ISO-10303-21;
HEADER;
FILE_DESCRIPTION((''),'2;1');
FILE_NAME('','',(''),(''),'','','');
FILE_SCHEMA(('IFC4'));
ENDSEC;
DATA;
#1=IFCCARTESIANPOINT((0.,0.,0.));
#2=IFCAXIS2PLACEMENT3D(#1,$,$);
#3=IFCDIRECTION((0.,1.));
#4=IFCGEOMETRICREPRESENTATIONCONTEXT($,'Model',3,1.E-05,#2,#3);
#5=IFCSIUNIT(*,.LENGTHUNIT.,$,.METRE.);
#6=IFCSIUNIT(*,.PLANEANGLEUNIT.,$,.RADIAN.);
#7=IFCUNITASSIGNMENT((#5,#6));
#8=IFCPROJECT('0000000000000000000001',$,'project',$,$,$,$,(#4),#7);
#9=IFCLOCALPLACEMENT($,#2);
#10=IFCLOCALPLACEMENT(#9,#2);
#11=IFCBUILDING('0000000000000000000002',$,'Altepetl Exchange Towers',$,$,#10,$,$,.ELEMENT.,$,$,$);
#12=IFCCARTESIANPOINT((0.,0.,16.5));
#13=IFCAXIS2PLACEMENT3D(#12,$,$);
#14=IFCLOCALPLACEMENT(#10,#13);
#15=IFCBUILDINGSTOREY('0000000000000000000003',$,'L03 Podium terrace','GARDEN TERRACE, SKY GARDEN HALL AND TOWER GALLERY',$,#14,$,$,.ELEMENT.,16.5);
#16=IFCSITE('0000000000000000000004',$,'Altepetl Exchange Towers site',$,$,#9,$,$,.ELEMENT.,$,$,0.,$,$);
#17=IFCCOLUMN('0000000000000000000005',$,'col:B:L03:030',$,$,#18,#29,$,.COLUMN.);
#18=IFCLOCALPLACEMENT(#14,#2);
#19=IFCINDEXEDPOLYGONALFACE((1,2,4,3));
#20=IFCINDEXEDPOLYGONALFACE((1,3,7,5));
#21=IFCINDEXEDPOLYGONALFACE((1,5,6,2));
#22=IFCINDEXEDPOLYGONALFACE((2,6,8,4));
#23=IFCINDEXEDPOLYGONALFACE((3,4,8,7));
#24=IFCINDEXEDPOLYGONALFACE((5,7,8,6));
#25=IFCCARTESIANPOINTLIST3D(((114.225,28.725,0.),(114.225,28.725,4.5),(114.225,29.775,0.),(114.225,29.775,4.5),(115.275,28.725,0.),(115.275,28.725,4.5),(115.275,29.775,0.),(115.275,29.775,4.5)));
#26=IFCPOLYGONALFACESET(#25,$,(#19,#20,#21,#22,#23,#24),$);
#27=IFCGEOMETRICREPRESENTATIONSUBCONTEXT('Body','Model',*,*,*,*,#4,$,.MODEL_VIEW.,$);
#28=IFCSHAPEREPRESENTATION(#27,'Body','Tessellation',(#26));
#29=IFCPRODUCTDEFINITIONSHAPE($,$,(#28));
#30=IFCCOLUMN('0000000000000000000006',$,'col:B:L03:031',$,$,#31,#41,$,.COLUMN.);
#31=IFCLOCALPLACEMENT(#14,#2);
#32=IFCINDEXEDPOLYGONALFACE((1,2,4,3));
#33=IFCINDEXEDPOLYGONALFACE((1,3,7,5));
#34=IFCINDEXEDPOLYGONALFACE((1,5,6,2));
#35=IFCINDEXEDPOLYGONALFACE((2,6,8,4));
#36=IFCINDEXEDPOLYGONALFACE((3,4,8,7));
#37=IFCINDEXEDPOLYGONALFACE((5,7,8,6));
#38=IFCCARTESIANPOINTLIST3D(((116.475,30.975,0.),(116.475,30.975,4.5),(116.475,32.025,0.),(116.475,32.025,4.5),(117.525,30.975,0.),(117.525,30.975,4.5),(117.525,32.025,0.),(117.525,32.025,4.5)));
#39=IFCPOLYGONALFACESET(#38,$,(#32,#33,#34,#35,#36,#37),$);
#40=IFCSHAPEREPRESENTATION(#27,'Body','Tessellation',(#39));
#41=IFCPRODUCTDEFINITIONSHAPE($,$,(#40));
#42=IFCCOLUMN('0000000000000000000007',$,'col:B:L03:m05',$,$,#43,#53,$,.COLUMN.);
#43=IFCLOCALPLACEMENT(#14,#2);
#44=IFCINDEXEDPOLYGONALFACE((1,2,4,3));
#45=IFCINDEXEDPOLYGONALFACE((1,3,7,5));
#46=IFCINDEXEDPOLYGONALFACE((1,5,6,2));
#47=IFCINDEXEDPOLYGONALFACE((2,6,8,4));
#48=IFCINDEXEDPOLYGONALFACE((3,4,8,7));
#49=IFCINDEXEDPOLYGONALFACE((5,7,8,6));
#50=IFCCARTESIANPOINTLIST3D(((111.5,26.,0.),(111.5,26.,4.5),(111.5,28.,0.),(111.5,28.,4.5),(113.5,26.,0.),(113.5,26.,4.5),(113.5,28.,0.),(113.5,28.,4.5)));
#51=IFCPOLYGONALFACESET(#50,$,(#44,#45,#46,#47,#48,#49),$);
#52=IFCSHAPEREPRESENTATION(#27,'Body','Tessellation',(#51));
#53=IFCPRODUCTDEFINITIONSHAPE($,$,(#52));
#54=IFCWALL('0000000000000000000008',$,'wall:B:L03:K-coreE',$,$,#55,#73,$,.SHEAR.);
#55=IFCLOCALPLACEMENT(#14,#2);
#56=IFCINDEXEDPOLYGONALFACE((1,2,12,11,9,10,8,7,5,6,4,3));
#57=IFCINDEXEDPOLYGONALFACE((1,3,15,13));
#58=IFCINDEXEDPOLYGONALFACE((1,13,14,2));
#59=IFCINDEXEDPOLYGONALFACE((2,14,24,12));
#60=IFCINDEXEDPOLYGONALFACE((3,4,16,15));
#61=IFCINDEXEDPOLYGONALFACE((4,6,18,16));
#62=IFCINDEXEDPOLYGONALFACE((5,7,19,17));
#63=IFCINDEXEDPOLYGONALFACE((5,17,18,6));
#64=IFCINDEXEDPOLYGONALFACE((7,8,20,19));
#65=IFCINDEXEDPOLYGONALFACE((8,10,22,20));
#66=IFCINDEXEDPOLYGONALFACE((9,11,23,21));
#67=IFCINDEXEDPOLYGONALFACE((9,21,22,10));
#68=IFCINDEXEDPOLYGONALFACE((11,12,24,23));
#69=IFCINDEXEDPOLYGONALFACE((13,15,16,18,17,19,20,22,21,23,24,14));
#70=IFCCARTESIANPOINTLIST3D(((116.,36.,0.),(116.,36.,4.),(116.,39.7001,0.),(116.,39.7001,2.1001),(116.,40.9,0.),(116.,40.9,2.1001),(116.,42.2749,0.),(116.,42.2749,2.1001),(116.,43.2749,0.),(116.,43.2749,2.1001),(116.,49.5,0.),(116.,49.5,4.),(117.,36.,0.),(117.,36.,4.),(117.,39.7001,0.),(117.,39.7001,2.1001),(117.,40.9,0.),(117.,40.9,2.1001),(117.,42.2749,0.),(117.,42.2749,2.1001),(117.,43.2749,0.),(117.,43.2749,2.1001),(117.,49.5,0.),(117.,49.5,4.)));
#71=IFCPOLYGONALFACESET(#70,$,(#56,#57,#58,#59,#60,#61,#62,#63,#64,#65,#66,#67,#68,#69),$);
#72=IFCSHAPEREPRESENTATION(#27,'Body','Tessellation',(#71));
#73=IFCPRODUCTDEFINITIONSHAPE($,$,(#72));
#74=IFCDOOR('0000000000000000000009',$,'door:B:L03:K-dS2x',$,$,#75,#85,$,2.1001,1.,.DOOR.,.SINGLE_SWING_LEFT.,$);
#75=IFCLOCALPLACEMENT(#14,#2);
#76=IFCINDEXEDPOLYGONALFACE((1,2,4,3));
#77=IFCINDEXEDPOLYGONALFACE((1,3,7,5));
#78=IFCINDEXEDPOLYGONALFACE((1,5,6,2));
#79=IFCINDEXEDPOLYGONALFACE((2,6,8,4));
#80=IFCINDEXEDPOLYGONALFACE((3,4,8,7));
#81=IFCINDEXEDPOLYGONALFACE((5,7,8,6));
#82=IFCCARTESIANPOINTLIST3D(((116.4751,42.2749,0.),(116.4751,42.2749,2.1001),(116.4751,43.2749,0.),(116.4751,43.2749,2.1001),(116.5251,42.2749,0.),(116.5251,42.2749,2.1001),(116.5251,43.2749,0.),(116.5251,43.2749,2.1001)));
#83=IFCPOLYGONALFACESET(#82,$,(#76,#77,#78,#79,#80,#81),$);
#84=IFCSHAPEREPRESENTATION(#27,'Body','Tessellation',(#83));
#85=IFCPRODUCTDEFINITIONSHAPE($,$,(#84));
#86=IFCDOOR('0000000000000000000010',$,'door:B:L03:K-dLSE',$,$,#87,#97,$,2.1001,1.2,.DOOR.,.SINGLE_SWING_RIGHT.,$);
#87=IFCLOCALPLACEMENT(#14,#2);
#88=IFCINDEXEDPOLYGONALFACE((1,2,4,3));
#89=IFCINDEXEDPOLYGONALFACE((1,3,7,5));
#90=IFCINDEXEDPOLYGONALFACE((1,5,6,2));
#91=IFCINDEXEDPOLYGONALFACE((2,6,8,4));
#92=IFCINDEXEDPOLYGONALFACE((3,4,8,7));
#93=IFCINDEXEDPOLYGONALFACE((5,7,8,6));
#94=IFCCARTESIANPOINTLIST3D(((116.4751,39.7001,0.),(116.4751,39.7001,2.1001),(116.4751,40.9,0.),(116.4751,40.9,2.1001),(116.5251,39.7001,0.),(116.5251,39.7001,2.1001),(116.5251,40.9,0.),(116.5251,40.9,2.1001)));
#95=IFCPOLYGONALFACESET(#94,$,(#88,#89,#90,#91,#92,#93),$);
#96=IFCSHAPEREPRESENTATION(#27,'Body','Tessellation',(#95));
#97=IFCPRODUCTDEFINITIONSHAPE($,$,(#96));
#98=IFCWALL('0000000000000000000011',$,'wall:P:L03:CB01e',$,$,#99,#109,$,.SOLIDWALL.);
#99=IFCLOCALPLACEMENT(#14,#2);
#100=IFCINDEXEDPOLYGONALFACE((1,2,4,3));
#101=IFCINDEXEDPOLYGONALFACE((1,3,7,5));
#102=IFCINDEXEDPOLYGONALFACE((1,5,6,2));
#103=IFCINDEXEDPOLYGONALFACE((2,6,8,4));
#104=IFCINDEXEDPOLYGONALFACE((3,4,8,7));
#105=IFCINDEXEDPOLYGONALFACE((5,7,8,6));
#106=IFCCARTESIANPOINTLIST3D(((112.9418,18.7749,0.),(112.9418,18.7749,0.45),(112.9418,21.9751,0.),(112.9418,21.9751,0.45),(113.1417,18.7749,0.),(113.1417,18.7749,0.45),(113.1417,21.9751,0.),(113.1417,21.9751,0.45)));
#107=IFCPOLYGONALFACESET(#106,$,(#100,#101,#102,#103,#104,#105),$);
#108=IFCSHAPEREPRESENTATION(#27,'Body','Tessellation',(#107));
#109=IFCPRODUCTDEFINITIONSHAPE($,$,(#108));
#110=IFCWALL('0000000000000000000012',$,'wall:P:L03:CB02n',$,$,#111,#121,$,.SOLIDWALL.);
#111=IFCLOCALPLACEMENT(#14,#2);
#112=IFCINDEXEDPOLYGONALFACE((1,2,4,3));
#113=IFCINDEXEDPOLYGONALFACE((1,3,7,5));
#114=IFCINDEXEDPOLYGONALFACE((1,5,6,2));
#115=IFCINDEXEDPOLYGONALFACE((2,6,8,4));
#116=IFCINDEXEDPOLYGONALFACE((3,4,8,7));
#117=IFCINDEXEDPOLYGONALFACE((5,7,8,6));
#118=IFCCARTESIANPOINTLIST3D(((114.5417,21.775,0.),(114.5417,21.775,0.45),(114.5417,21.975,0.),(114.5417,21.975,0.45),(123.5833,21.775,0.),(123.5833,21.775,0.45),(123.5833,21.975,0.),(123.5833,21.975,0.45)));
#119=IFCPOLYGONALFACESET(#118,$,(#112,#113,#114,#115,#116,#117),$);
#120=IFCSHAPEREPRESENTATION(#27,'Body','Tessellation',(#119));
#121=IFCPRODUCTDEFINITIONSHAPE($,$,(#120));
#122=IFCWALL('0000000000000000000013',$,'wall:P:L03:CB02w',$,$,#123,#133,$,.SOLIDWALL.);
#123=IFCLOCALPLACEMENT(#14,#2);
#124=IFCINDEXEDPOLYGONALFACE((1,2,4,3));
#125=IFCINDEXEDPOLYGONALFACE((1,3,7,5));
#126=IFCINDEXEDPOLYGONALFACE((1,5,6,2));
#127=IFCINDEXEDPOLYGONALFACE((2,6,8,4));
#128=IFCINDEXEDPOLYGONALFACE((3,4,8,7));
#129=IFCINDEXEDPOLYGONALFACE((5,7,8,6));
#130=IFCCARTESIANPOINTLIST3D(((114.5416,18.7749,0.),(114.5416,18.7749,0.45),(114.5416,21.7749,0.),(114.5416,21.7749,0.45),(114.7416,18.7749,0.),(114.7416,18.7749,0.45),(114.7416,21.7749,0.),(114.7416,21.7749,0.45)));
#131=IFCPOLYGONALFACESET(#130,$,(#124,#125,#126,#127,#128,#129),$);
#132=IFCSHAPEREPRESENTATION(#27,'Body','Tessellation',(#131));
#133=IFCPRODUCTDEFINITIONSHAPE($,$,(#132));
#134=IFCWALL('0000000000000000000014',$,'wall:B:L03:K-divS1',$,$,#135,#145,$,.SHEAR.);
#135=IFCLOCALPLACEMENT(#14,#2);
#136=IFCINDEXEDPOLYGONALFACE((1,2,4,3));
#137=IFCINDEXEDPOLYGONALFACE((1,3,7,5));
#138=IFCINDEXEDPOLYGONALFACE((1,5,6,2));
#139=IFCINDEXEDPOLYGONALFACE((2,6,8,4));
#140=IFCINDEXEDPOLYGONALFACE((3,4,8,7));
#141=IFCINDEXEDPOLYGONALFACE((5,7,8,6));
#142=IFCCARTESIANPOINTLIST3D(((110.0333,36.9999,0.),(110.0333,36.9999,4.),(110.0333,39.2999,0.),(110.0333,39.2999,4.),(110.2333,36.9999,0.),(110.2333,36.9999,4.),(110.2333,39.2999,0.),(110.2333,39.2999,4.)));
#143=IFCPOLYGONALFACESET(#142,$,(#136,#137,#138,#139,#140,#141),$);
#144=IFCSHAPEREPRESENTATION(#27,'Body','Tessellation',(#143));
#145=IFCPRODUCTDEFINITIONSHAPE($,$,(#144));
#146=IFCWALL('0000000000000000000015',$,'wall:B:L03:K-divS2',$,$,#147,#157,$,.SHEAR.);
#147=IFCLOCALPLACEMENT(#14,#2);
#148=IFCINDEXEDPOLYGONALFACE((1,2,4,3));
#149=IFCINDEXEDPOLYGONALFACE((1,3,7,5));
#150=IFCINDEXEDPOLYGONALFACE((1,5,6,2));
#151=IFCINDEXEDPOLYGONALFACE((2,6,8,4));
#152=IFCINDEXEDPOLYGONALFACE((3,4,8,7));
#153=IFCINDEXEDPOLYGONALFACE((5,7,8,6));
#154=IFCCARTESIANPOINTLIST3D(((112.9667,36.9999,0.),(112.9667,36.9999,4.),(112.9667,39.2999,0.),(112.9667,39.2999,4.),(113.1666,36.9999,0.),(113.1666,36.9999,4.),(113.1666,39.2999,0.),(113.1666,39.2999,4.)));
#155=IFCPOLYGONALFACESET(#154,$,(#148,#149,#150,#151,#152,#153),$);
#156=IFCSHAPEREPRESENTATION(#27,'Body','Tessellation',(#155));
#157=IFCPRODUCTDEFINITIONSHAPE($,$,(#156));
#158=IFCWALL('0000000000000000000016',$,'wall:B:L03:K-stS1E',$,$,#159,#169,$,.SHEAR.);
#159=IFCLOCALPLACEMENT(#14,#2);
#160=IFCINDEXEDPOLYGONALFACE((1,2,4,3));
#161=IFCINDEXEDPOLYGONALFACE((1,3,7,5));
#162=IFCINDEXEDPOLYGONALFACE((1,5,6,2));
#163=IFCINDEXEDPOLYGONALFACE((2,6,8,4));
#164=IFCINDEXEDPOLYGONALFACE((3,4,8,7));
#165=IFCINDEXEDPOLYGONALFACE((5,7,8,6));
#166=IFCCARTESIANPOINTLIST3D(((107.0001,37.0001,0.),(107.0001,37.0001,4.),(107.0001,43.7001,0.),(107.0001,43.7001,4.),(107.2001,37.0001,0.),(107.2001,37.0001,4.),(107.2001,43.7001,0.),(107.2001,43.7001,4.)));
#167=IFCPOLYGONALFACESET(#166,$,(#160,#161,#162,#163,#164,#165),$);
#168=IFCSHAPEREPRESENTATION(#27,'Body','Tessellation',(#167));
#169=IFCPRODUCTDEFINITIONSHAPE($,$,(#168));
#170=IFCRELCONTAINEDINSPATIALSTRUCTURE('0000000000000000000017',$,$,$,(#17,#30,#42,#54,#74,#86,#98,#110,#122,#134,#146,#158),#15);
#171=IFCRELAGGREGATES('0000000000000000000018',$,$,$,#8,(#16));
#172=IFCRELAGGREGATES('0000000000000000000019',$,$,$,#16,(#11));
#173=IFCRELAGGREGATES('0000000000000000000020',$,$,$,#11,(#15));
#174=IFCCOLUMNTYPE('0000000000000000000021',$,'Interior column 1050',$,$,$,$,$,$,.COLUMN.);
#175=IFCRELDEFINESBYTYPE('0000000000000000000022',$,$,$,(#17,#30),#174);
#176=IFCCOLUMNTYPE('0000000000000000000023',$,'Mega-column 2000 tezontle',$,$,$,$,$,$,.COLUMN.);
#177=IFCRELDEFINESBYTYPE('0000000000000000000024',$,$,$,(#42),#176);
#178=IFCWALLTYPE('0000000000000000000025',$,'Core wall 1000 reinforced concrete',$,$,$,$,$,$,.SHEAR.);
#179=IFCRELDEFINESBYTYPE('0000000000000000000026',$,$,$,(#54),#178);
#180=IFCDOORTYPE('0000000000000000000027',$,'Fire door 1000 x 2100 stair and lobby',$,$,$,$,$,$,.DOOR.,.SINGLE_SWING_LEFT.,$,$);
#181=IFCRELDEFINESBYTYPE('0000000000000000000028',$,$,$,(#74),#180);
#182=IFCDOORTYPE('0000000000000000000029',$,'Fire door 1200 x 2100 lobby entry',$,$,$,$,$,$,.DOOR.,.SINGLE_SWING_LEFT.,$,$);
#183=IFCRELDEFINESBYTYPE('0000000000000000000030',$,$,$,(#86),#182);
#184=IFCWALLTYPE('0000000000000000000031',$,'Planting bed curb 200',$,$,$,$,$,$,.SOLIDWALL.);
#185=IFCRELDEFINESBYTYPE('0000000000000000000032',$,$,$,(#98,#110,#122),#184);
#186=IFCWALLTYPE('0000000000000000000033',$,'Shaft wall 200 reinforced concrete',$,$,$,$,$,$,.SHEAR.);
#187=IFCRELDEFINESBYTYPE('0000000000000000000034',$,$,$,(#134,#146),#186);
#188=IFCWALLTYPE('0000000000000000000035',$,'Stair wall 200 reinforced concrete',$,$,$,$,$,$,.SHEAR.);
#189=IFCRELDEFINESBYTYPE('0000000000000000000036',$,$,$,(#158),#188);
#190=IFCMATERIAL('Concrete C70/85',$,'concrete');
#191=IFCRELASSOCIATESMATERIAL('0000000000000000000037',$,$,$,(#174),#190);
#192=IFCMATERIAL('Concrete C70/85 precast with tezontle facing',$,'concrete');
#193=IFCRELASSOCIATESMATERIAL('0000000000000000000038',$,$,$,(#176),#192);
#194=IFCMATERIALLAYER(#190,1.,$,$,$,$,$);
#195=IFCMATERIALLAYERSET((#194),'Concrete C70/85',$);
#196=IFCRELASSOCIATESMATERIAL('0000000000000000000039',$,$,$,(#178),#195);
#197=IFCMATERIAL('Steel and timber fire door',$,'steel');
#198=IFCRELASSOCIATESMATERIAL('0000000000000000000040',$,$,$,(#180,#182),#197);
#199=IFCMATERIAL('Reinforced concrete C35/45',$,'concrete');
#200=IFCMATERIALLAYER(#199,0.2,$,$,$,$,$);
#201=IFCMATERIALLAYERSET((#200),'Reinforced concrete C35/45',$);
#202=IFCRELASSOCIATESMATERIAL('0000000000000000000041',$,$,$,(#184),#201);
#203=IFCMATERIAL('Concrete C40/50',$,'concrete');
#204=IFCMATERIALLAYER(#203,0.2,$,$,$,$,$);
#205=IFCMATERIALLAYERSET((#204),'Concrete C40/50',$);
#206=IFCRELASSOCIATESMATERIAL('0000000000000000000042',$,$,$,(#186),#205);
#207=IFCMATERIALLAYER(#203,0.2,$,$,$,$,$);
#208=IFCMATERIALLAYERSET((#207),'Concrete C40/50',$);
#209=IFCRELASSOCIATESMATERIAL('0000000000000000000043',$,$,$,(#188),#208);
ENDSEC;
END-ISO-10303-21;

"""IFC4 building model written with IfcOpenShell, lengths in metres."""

from ifc_helpers import new_model, si_unit, direction, frame, frame_2d, origin, origin_2d, place, context, subcontext, project, spatial, rectangle, extrude, material, layer, layer_set, material_profile, profile_set, type_object, element, fill, save


model = new_model("IFC4")

# Units and contexts
model_context = context("Model", 3, precision=1e-05, world=origin(), true_north=direction((0.0, 1.0)))
body_context = subcontext(model_context, "Body", "Model", "MODEL_VIEW")
ifc_project = project(units=[si_unit("LENGTHUNIT", "METRE"), si_unit("PLANEANGLEUNIT", "RADIAN")], contexts=[model_context])

# Site, building, storey
site_placement = place(None, origin())
site = spatial("IfcSite", under=ifc_project, at=site_placement, Name="Altepetl Exchange Towers site", CompositionType="ELEMENT", RefElevation=0.0)
building_placement = place(site_placement, origin())
building = spatial("IfcBuilding", under=site, at=building_placement, Name="Altepetl Exchange Towers", CompositionType="ELEMENT")
storey_placement = place(building_placement, frame((0.0, 0.0, 16.5)))
storey = spatial("IfcBuildingStorey", under=building, at=storey_placement, Name="L03 Podium terrace", Description="GARDEN TERRACE, SKY GARDEN HALL AND TOWER GALLERY", CompositionType="ELEMENT", Elevation=16.5)

# Columns
ifc_material_1 = material(Name="Concrete C70/85", Category="concrete")
ifc_material_profile_1 = material_profile(ifc_material_1, rectangle(XDim=1.05, YDim=1.05, at=origin_2d()), Name="1050 x 1050")
ifc_profile_set_1 = profile_set([ifc_material_profile_1], Name="Concrete C70/85")
column_type_1 = type_object("IfcColumnType", Name="Interior column 1050", PredefinedType="COLUMN", material=ifc_profile_set_1)
for number, where, name in (
    (1, (114.75, 29.25, 0.0), "col:B:L03:030"),
    (2, (117.0, 31.5, 0.0), "col:B:L03:031"),
):
    element("IfcColumn", number, at=place(storey_placement, frame(where)), inside=storey, type_object=column_type_1, Name=name, PredefinedType="COLUMN", context=body_context, shape_type="SweptSolid", body=[
        extrude(rectangle(XDim=1.05, YDim=1.05, at=origin_2d()), origin(), (0.0, 0.0, 1.0), 4.5),
    ])
ifc_material_2 = material(Name="Concrete C70/85 precast with tezontle facing", Category="concrete")
ifc_material_profile_2 = material_profile(ifc_material_2, rectangle(XDim=2.0, YDim=2.0, at=origin_2d()), Name="2000 x 2000")
ifc_profile_set_2 = profile_set([ifc_material_profile_2], Name="Concrete C70/85 precast with tezontle facing")
column_type_2 = type_object("IfcColumnType", Name="Mega-column 2000 tezontle", PredefinedType="COLUMN", material=ifc_profile_set_2)
column_placement = place(storey_placement, frame((112.5, 27.0, 0.0)))
element("IfcColumn", 3, at=column_placement, inside=storey, type_object=column_type_2, Name="col:B:L03:m05", PredefinedType="COLUMN", context=body_context, shape_type="SweptSolid", body=[
    extrude(rectangle(XDim=2.0, YDim=2.0, at=origin_2d()), origin(), (0.0, 0.0, 1.0), 4.5),
])

# Wall, openings, doors
ifc_layer_1 = layer(ifc_material_1, 1.0)
ifc_layer_set_1 = layer_set([ifc_layer_1], Name="Concrete C70/85")
wall_type_1 = type_object("IfcWallType", Name="Core wall 1000 reinforced concrete", PredefinedType="SHEAR", material=ifc_layer_set_1)
wall_1_placement = place(storey_placement, frame((116.5, 36.0, 0.0), z_axis=(0.0, 0.0, 1.0), x_axis=(0.0, 1.0, 0.0)))
wall_1 = element("IfcWall", 4, at=wall_1_placement, inside=storey, type_object=wall_type_1, Name="wall:B:L03:K-coreE", PredefinedType="SHEAR", context=body_context, shape_type="SweptSolid", body=[
    extrude(rectangle(XDim=13.5, YDim=1.0, at=frame_2d((6.75, 0.0))), origin(), (0.0, 0.0, 1.0), 4.0),
])
opening_1_placement = place(wall_1_placement, frame((3.7, 0.0, 0.0)))
opening_1 = element("IfcOpeningElement", 5, at=opening_1_placement, cuts=wall_1, PredefinedType="OPENING", context=body_context, shape_type="SweptSolid", body=[
    extrude(rectangle(XDim=1.2, YDim=2.1001, at=frame_2d((0.6001, 1.05))), frame((0.0, 0.51, 0.0), z_axis=(0.0, -1.0, 0.0), x_axis=(1.0, 0.0, 0.0)), (0.0, 0.0, 1.0), 1.02),
])
opening_2_placement = place(wall_1_placement, frame((6.2749, 0.0, 0.0)))
opening_2 = element("IfcOpeningElement", 6, at=opening_2_placement, cuts=wall_1, PredefinedType="OPENING", context=body_context, shape_type="SweptSolid", body=[
    extrude(rectangle(XDim=1.0, YDim=2.1001, at=frame_2d((0.5, 1.05))), frame((0.0, 0.51, 0.0), z_axis=(0.0, -1.0, 0.0), x_axis=(1.0, 0.0, 0.0)), (0.0, 0.0, 1.0), 1.02),
])
ifc_material_3 = material(Name="Steel and timber fire door", Category="steel")
door_type_1 = type_object("IfcDoorType", Name="Fire door 1000 x 2100 stair and lobby", OperationType="SINGLE_SWING_LEFT", PredefinedType="DOOR", material=ifc_material_3)
door_1_placement = place(opening_2_placement, origin())
door_1 = element("IfcDoor", 7, at=door_1_placement, inside=storey, type_object=door_type_1, Name="door:B:L03:K-dS2x", OperationType="SINGLE_SWING_LEFT", OverallHeight=2.1001, OverallWidth=1.0, PredefinedType="DOOR", context=body_context, shape_type="SweptSolid", body=[
    extrude(rectangle(XDim=1.0, YDim=2.1001, at=frame_2d((0.5, 1.05))), frame((0.0, 0.0249, 0.0), z_axis=(0.0, -1.0, 0.0), x_axis=(1.0, 0.0, 0.0)), (0.0, 0.0, 1.0), 0.05),
])
fill(opening_2, door_1)
door_type_2 = type_object("IfcDoorType", Name="Fire door 1200 x 2100 lobby entry", OperationType="SINGLE_SWING_LEFT", PredefinedType="DOOR", material=ifc_material_3)
door_2_placement = place(opening_1_placement, origin())
door_2 = element("IfcDoor", 8, at=door_2_placement, inside=storey, type_object=door_type_2, Name="door:B:L03:K-dLSE", OperationType="SINGLE_SWING_RIGHT", OverallHeight=2.1001, OverallWidth=1.2, PredefinedType="DOOR", context=body_context, shape_type="SweptSolid", body=[
    extrude(rectangle(XDim=1.2, YDim=2.1001, at=frame_2d((0.6001, 1.05))), frame((0.0, 0.0249, 0.0), z_axis=(0.0, -1.0, 0.0), x_axis=(1.0, 0.0, 0.0)), (0.0, 0.0, 1.0), 0.05),
])
fill(opening_1, door_2)

# Walls
ifc_material_4 = material(Name="Reinforced concrete C35/45", Category="concrete")
ifc_layer_2 = layer(ifc_material_4, 0.2)
ifc_layer_set_2 = layer_set([ifc_layer_2], Name="Reinforced concrete C35/45")
wall_type_2 = type_object("IfcWallType", Name="Planting bed curb 200", PredefinedType="SOLIDWALL", material=ifc_layer_set_2)
wall_2_placement = place(storey_placement, frame((113.0417, 18.7749, 0.0), z_axis=(0.0, 0.0, 1.0), x_axis=(0.0, 1.0, 0.0)))
element("IfcWall", 9, at=wall_2_placement, inside=storey, type_object=wall_type_2, Name="wall:P:L03:CB01e", PredefinedType="SOLIDWALL", context=body_context, shape_type="SweptSolid", body=[
    extrude(rectangle(XDim=3.2002, YDim=0.2, at=frame_2d((1.6001, 0.0))), origin(), (0.0, 0.0, 1.0), 0.45),
])
wall_3_placement = place(storey_placement, frame((114.5417, 21.875, 0.0)))
element("IfcWall", 10, at=wall_3_placement, inside=storey, type_object=wall_type_2, Name="wall:P:L03:CB02n", PredefinedType="SOLIDWALL", context=body_context, shape_type="SweptSolid", body=[
    extrude(rectangle(XDim=9.0415, YDim=0.2, at=frame_2d((4.5208, 0.0))), origin(), (0.0, 0.0, 1.0), 0.45),
])
wall_4_placement = place(storey_placement, frame((114.6416, 18.7749, 0.0), z_axis=(0.0, 0.0, 1.0), x_axis=(0.0, 1.0, 0.0)))
element("IfcWall", 11, at=wall_4_placement, inside=storey, type_object=wall_type_2, Name="wall:P:L03:CB02w", PredefinedType="SOLIDWALL", context=body_context, shape_type="SweptSolid", body=[
    extrude(rectangle(XDim=3.0, YDim=0.2, at=frame_2d((1.5, 0.0))), origin(), (0.0, 0.0, 1.0), 0.45),
])
ifc_material_5 = material(Name="Concrete C40/50", Category="concrete")
ifc_layer_3 = layer(ifc_material_5, 0.2)
ifc_layer_set_3 = layer_set([ifc_layer_3], Name="Concrete C40/50")
wall_type_3 = type_object("IfcWallType", Name="Shaft wall 200 reinforced concrete", PredefinedType="SHEAR", material=ifc_layer_set_3)
for number, where, z_axis, x_axis, name in (
    (12, (110.1333, 37.0, 0.0), (0.0, 0.0, 1.0), (0.0, 1.0, 0.0), "wall:B:L03:K-divS1"),
    (13, (113.0667, 37.0, 0.0), (0.0, 0.0, 1.0), (0.0, 1.0, 0.0), "wall:B:L03:K-divS2"),
):
    element("IfcWall", number, at=place(storey_placement, frame(where, z_axis=z_axis, x_axis=x_axis)), inside=storey, type_object=wall_type_3, Name=name, PredefinedType="SHEAR", context=body_context, shape_type="SweptSolid", body=[
        extrude(rectangle(XDim=2.3, YDim=0.2, at=frame_2d((1.1499, 0.0))), origin(), (0.0, 0.0, 1.0), 4.0),
    ])
ifc_layer_4 = layer(ifc_material_5, 0.2)
ifc_layer_set_4 = layer_set([ifc_layer_4], Name="Concrete C40/50")
wall_type_4 = type_object("IfcWallType", Name="Stair wall 200 reinforced concrete", PredefinedType="SHEAR", material=ifc_layer_set_4)
wall_5_placement = place(storey_placement, frame((107.1001, 37.0, 0.0), z_axis=(0.0, 0.0, 1.0), x_axis=(0.0, 1.0, 0.0)))
element("IfcWall", 14, at=wall_5_placement, inside=storey, type_object=wall_type_4, Name="wall:B:L03:K-stS1E", PredefinedType="SHEAR", context=body_context, shape_type="SweptSolid", body=[
    extrude(rectangle(XDim=6.7, YDim=0.2, at=frame_2d((3.3501, 0.0))), origin(), (0.0, 0.0, 1.0), 4.0),
])

save(model, "model.ifc")
